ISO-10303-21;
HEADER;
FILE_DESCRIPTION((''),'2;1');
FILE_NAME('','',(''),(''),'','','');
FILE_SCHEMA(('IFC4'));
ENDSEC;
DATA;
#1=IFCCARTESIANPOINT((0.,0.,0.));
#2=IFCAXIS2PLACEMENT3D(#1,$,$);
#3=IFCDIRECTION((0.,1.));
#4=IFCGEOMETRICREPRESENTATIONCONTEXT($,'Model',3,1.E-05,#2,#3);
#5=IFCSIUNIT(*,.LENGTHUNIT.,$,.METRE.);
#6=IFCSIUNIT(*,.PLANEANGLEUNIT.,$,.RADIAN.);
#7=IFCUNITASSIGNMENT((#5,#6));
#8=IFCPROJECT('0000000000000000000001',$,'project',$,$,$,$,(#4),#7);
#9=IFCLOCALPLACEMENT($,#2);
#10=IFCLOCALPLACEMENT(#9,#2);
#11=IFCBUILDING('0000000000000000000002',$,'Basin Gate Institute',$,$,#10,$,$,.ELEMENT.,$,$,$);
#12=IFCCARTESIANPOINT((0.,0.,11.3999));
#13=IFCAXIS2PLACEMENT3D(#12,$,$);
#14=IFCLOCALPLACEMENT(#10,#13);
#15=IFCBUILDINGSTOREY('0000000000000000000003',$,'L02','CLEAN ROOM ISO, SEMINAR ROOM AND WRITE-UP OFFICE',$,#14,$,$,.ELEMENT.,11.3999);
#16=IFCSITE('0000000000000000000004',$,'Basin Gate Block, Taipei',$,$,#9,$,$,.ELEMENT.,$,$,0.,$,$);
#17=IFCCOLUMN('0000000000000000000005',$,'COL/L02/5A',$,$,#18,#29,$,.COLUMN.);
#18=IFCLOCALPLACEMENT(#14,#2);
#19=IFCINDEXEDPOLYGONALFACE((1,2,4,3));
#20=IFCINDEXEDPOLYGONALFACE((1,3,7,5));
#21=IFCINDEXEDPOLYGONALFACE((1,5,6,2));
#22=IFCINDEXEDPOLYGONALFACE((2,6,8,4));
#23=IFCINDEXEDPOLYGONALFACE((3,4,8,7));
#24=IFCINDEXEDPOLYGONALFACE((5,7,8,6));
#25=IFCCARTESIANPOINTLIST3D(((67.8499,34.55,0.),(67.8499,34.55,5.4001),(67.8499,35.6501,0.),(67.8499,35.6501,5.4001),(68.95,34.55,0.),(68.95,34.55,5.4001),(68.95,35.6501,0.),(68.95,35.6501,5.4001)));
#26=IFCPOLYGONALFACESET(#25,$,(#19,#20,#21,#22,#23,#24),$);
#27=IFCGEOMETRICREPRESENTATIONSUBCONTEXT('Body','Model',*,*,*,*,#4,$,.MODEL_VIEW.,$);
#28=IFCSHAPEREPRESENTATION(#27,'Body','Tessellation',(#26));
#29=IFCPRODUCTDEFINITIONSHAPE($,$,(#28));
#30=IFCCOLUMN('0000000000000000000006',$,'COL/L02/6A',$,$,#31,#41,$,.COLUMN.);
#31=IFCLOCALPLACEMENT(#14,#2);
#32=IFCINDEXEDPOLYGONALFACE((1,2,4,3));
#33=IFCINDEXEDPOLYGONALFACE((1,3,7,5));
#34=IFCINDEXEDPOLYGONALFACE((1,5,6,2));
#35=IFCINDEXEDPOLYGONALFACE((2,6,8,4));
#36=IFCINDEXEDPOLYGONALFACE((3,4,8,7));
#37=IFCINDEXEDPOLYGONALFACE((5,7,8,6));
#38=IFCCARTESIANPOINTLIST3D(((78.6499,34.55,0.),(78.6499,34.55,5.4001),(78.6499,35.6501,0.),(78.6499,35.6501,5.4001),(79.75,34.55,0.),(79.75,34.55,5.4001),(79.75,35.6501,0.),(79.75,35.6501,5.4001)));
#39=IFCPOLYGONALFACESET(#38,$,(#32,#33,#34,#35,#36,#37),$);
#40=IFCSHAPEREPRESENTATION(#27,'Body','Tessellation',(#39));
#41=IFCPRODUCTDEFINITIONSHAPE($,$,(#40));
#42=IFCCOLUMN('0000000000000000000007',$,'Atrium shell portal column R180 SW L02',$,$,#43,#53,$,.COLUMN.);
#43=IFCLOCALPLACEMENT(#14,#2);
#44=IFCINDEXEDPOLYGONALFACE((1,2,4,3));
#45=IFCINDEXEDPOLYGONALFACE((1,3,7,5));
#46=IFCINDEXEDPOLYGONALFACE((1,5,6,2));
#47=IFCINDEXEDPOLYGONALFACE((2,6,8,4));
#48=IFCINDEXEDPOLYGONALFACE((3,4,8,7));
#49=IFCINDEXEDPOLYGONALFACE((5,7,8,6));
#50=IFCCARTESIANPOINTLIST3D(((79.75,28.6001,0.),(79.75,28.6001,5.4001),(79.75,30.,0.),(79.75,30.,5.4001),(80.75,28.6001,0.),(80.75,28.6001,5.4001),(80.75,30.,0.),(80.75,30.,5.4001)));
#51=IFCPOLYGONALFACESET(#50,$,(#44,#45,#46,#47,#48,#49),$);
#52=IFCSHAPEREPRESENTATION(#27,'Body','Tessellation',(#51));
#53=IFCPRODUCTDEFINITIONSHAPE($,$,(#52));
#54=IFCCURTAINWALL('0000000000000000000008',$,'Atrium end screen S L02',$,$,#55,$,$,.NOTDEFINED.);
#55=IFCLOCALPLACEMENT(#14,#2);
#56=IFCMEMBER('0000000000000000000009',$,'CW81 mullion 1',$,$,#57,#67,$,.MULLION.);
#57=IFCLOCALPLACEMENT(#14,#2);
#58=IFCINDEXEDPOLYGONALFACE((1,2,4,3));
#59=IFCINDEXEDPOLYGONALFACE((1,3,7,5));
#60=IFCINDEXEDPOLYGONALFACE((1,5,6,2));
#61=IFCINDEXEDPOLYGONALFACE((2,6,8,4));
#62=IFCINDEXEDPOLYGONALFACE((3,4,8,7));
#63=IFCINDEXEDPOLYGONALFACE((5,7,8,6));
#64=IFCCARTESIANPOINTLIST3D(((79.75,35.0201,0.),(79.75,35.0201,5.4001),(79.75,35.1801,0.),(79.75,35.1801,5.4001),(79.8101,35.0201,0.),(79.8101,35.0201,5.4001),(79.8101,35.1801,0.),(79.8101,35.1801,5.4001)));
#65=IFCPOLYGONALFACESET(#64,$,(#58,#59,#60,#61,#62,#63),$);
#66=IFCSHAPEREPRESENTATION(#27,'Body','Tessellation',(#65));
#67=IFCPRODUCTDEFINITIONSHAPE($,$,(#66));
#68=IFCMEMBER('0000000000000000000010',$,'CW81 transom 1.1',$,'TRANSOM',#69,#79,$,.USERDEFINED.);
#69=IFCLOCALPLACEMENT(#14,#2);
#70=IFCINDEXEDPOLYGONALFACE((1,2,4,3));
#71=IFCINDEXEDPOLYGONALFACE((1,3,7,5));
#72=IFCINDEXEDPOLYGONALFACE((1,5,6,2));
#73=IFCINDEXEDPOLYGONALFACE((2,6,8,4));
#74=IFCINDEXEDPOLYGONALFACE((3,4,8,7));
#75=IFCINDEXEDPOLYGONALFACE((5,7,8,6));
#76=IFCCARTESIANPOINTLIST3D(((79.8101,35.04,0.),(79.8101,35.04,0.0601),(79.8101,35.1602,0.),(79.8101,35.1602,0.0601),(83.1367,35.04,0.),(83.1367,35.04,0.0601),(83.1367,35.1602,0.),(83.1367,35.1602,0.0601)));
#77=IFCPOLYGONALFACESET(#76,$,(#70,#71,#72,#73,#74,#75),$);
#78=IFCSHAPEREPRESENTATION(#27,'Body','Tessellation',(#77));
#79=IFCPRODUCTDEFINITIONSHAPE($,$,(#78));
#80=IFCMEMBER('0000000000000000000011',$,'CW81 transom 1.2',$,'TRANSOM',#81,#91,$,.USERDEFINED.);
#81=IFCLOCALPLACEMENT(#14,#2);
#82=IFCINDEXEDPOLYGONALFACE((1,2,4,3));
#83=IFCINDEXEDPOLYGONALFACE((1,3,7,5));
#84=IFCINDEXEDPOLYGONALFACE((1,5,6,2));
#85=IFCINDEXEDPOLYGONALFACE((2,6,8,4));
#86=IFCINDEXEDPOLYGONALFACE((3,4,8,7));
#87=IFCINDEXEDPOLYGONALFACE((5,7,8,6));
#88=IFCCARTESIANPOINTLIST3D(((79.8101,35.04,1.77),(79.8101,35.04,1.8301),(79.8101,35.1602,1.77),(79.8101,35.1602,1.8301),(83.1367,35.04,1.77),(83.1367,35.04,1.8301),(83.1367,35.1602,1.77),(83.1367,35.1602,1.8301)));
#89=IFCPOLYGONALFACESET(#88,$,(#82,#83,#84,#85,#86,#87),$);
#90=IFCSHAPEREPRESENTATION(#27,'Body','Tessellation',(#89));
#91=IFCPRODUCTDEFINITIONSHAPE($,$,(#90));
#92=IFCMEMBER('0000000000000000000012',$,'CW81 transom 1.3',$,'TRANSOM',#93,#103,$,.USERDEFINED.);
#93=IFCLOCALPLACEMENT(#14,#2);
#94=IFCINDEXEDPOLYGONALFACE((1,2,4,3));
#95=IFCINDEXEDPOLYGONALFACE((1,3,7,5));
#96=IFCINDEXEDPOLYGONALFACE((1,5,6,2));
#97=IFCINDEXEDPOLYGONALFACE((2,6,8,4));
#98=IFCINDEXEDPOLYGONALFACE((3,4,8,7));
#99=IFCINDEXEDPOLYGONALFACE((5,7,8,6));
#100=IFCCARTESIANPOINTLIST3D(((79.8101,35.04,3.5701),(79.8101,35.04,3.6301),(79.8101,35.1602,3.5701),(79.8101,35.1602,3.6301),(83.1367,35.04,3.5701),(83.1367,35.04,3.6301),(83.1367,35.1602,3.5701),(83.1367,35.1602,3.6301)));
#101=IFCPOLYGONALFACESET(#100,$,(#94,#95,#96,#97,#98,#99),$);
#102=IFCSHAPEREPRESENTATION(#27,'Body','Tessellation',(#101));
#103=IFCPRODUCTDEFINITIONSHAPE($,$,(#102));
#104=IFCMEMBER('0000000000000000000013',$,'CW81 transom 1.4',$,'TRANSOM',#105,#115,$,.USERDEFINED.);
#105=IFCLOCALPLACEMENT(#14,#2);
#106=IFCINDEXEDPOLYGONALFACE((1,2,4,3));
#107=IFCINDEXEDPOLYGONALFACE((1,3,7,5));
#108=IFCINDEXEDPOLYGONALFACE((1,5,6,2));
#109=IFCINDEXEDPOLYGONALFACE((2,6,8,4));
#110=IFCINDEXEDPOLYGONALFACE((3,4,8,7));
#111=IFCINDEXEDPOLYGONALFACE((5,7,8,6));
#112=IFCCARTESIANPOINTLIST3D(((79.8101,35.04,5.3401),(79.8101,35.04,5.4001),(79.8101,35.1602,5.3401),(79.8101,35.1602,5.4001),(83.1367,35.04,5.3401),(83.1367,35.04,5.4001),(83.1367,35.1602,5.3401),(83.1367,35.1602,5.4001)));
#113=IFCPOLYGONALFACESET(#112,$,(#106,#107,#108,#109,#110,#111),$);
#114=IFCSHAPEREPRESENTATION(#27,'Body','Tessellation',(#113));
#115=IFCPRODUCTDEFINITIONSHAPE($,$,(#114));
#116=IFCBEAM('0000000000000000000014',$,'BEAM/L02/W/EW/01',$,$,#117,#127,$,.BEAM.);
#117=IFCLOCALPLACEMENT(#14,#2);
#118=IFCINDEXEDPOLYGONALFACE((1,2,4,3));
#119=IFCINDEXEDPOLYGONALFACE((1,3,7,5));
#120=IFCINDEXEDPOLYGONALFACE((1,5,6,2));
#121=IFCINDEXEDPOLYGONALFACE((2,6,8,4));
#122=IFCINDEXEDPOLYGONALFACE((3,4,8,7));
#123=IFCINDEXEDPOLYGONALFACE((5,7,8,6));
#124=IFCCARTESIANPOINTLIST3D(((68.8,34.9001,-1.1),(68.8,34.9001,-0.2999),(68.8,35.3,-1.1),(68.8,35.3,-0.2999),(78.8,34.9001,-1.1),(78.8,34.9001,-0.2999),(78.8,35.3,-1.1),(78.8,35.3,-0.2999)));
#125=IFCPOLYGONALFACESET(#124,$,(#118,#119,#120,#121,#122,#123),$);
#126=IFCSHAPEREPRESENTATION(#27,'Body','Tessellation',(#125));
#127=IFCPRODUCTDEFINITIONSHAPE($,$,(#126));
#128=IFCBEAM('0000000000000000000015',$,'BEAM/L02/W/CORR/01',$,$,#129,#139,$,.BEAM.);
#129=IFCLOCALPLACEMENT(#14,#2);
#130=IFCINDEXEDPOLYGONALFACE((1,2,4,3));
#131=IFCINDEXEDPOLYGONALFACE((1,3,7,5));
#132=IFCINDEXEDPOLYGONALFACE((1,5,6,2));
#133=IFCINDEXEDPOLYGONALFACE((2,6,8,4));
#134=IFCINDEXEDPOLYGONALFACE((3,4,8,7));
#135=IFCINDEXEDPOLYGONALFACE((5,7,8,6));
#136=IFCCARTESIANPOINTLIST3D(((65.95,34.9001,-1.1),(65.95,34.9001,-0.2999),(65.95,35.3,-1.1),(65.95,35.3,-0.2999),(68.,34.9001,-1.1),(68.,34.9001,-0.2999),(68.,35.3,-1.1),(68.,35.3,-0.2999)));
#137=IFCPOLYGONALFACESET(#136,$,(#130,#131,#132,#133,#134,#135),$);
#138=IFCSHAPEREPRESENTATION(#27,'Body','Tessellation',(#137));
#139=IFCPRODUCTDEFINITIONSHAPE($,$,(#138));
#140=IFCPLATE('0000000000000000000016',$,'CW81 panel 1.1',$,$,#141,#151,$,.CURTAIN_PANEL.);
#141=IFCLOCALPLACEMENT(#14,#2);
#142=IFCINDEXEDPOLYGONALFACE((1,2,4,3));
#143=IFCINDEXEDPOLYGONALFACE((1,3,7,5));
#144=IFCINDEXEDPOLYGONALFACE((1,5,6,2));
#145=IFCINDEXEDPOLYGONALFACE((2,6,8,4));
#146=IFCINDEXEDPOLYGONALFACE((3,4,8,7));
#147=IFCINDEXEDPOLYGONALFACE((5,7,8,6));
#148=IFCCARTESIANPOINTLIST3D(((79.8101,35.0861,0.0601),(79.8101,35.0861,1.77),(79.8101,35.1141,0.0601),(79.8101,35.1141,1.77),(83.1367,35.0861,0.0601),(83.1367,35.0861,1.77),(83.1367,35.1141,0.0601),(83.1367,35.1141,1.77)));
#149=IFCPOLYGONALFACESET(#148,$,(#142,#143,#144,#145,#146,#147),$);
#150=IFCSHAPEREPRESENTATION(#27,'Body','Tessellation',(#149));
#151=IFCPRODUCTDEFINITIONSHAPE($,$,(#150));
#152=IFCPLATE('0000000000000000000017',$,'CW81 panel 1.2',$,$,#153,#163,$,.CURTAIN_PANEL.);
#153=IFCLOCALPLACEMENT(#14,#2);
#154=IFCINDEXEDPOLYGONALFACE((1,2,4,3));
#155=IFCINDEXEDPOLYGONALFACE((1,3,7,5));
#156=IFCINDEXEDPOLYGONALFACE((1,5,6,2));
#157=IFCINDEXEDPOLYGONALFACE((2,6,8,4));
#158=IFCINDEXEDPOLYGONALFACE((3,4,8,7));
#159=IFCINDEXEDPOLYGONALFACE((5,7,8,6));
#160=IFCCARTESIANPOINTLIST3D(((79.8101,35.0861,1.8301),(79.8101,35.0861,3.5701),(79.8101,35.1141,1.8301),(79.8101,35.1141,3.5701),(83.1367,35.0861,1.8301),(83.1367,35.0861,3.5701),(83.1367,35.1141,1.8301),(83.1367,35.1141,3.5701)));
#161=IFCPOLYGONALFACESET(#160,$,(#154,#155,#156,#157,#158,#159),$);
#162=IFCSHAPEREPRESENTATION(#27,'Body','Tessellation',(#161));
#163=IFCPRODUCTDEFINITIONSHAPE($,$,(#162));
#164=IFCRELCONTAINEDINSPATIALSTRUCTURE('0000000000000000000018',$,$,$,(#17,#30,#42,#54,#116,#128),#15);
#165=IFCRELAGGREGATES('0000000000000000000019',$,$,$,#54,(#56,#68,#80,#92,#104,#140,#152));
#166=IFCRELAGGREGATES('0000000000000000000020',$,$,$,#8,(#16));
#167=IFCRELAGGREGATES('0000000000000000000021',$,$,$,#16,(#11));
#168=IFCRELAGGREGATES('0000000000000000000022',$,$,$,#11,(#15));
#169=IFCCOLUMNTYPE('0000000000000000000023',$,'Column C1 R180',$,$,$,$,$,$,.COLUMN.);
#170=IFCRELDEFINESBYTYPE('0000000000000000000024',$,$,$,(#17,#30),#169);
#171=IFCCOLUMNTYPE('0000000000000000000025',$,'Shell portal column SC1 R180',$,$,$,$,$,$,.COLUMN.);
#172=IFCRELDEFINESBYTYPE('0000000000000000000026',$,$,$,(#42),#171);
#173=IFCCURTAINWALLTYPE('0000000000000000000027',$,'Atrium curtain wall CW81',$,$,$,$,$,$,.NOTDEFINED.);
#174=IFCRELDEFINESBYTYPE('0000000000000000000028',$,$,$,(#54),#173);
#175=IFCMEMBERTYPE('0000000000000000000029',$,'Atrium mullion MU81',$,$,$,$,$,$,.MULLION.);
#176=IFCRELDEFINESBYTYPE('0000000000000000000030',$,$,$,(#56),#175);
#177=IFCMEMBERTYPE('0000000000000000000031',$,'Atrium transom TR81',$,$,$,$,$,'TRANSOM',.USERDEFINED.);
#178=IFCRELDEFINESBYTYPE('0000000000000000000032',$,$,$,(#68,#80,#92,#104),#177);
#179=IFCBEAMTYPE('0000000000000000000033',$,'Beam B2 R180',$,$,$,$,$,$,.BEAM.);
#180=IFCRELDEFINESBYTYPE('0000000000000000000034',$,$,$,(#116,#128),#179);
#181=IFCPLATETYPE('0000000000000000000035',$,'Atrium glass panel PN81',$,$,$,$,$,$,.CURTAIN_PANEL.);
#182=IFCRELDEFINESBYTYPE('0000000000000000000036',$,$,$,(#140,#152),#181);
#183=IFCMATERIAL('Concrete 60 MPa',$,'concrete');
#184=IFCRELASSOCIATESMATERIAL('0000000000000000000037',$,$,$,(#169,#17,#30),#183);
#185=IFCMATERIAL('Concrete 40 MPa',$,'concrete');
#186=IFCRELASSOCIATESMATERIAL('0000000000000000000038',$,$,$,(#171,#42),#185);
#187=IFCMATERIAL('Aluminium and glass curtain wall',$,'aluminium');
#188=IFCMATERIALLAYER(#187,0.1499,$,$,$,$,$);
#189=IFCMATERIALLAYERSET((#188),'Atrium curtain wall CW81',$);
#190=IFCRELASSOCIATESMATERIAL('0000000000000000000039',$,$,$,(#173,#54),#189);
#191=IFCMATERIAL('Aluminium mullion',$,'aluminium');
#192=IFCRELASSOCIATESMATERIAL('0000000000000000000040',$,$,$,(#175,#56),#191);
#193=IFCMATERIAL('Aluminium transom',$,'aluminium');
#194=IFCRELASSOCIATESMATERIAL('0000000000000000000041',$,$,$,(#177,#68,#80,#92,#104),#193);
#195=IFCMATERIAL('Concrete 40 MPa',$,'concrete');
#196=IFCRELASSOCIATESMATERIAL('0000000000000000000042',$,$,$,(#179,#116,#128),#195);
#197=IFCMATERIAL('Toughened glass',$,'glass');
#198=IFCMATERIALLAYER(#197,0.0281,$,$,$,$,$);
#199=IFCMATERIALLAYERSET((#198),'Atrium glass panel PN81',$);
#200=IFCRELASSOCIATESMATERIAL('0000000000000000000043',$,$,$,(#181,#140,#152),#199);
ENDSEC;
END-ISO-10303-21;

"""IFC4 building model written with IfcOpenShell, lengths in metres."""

from ifc_helpers import new_model, si_unit, direction, frame, origin, origin_2d, place, context, subcontext, project, spatial, rectangle, extrude, material, layer, layer_set, material_profile, profile_set, type_object, element, aggregate, save


model = new_model("IFC4")

# Units and contexts
model_context = context("Model", 3, precision=1e-05, world=origin(), true_north=direction((0.0, 1.0)))
body_context = subcontext(model_context, "Body", "Model", "MODEL_VIEW")
ifc_project = project(units=[si_unit("LENGTHUNIT", "METRE"), si_unit("PLANEANGLEUNIT", "RADIAN")], contexts=[model_context])

# Site, building, storey
site_placement = place(None, origin())
site = spatial("IfcSite", under=ifc_project, at=site_placement, Name="Basin Gate Block, Taipei", CompositionType="ELEMENT", RefElevation=0.0)
building_placement = place(site_placement, origin())
building = spatial("IfcBuilding", under=site, at=building_placement, Name="Basin Gate Institute", CompositionType="ELEMENT")
storey_placement = place(building_placement, frame((0.0, 0.0, 11.3999)))
storey = spatial("IfcBuildingStorey", under=building, at=storey_placement, Name="L02", Description="CLEAN ROOM ISO, SEMINAR ROOM AND WRITE-UP OFFICE", CompositionType="ELEMENT", Elevation=11.3999)

# Columns
ifc_material_1 = material(Name="Concrete 60 MPa", Category="concrete")
ifc_material_profile_1 = material_profile(ifc_material_1, rectangle(XDim=1.1001, YDim=1.1001, at=origin_2d()), Name="Column C1 1100 x 1100")
ifc_profile_set_1 = profile_set([ifc_material_profile_1], Name="Concrete 60 MPa")
column_type_1 = type_object("IfcColumnType", Name="Column C1 R180", PredefinedType="COLUMN", material=ifc_profile_set_1)
for number, where, z_axis, x_axis, name in (
    (1, (68.3999, 35.1001, 0.0), (0.0, 0.0, 1.0), (1.0, 0.0, 0.0), "COL/L02/5A"),
    (2, (79.2, 35.1001, 0.0), (0.0, 0.0, 1.0), (1.0, 0.0, 0.0), "COL/L02/6A"),
):
    element("IfcColumn", number, at=place(storey_placement, frame(where, z_axis=z_axis, x_axis=x_axis)), inside=storey, type_object=column_type_1, material=ifc_profile_set_1, Name=name, PredefinedType="COLUMN", context=body_context, shape_type="SweptSolid", body=[
        extrude(rectangle(XDim=1.1001, YDim=1.1001, at=origin_2d()), origin(), (0.0, 0.0, 1.0), 5.4001),
    ])
ifc_material_2 = material(Name="Concrete 40 MPa", Category="concrete")
ifc_material_profile_2 = material_profile(ifc_material_2, rectangle(XDim=1.0, YDim=1.3999, at=origin_2d()), Name="Shell portal column SC1 1000 x 1400")
ifc_profile_set_2 = profile_set([ifc_material_profile_2], Name="Concrete 40 MPa")
column_type_2 = type_object("IfcColumnType", Name="Shell portal column SC1 R180", PredefinedType="COLUMN", material=ifc_profile_set_2)
column_placement = place(storey_placement, frame((80.25, 29.3, 0.0), z_axis=(0.0, 0.0, 1.0), x_axis=(1.0, 0.0, 0.0)))
element("IfcColumn", 3, at=column_placement, inside=storey, type_object=column_type_2, material=ifc_profile_set_2, Name="Atrium shell portal column R180 SW L02", PredefinedType="COLUMN", context=body_context, shape_type="SweptSolid", body=[
    extrude(rectangle(XDim=1.0, YDim=1.3999, at=origin_2d()), origin(), (0.0, 0.0, 1.0), 5.4001),
])

# Curtain wall, members
ifc_material_3 = material(Name="Aluminium and glass curtain wall", Category="aluminium")
ifc_layer_1 = layer(ifc_material_3, 0.1499)
ifc_layer_set_1 = layer_set([ifc_layer_1], Name="Atrium curtain wall CW81")
curtain_wall_type = type_object("IfcCurtainWallType", Name="Atrium curtain wall CW81", PredefinedType="NOTDEFINED", material=ifc_layer_set_1)
curtain_wall_placement = place(storey_placement, origin())
curtain_wall = element("IfcCurtainWall", 4, at=curtain_wall_placement, inside=storey, type_object=curtain_wall_type, material=ifc_layer_set_1, Name="Atrium end screen S L02", PredefinedType="NOTDEFINED")
ifc_material_4 = material(Name="Aluminium mullion", Category="aluminium")
ifc_material_profile_3 = material_profile(ifc_material_4, rectangle(XDim=0.1599, YDim=0.0601, at=origin_2d()), Name="Atrium mullion MU81 160 x 60")
ifc_profile_set_3 = profile_set([ifc_material_profile_3], Name="Aluminium mullion")
member_type_1 = type_object("IfcMemberType", Name="Atrium mullion MU81", PredefinedType="MULLION", material=ifc_profile_set_3)
member_1_placement = place(storey_placement, frame((79.78, 35.1001, 0.0), z_axis=(0.0, 0.0, 1.0), x_axis=(0.0, 1.0, 0.0)))
member_1 = element("IfcMember", 5, at=member_1_placement, type_object=member_type_1, material=ifc_profile_set_3, Name="CW81 mullion 1", PredefinedType="MULLION", context=body_context, shape_type="SweptSolid", body=[
    extrude(rectangle(XDim=0.1599, YDim=0.0601, at=origin_2d()), origin(), (0.0, 0.0, 1.0), 5.4001),
])
ifc_material_5 = material(Name="Aluminium transom", Category="aluminium")
ifc_material_profile_4 = material_profile(ifc_material_5, rectangle(XDim=0.1201, YDim=0.0601, at=origin_2d()), Name="Atrium transom TR81 120 x 60")
ifc_profile_set_4 = profile_set([ifc_material_profile_4], Name="Aluminium transom")
member_type_2 = type_object("IfcMemberType", Name="Atrium transom TR81", ElementType="TRANSOM", PredefinedType="USERDEFINED", material=ifc_profile_set_4)
member_2_placement = place(storey_placement, frame((79.8101, 35.1001, 0.03), z_axis=(1.0, 0.0, 0.0), x_axis=(0.0, 1.0, 0.0)))
member_2 = element("IfcMember", 6, at=member_2_placement, type_object=member_type_2, material=ifc_profile_set_4, Name="CW81 transom 1.1", ObjectType="TRANSOM", PredefinedType="USERDEFINED", context=body_context, shape_type="SweptSolid", body=[
    extrude(rectangle(XDim=0.1201, YDim=0.0601, at=origin_2d()), origin(), (0.0, 0.0, 1.0), 3.3267),
])
member_3_placement = place(storey_placement, frame((79.8101, 35.1001, 1.8), z_axis=(1.0, 0.0, 0.0), x_axis=(0.0, 1.0, 0.0)))
member_3 = element("IfcMember", 7, at=member_3_placement, type_object=member_type_2, material=ifc_profile_set_4, Name="CW81 transom 1.2", ObjectType="TRANSOM", PredefinedType="USERDEFINED", context=body_context, shape_type="SweptSolid", body=[
    extrude(rectangle(XDim=0.1201, YDim=0.0601, at=origin_2d()), origin(), (0.0, 0.0, 1.0), 3.3267),
])
member_4_placement = place(storey_placement, frame((79.8101, 35.1001, 3.6001), z_axis=(1.0, 0.0, 0.0), x_axis=(0.0, 1.0, 0.0)))
member_4 = element("IfcMember", 8, at=member_4_placement, type_object=member_type_2, material=ifc_profile_set_4, Name="CW81 transom 1.3", ObjectType="TRANSOM", PredefinedType="USERDEFINED", context=body_context, shape_type="SweptSolid", body=[
    extrude(rectangle(XDim=0.1201, YDim=0.0601, at=origin_2d()), origin(), (0.0, 0.0, 1.0), 3.3267),
])
member_5_placement = place(storey_placement, frame((79.8101, 35.1001, 5.3701), z_axis=(1.0, 0.0, 0.0), x_axis=(0.0, 1.0, 0.0)))
member_5 = element("IfcMember", 9, at=member_5_placement, type_object=member_type_2, material=ifc_profile_set_4, Name="CW81 transom 1.4", ObjectType="TRANSOM", PredefinedType="USERDEFINED", context=body_context, shape_type="SweptSolid", body=[
    extrude(rectangle(XDim=0.1201, YDim=0.0601, at=origin_2d()), origin(), (0.0, 0.0, 1.0), 3.3267),
])

# Beams
ifc_material_6 = material(Name="Concrete 40 MPa", Category="concrete")
ifc_material_profile_5 = material_profile(ifc_material_6, rectangle(XDim=0.3999, YDim=0.8, at=origin_2d()), Name="Beam B2 400 x 800")
ifc_profile_set_5 = profile_set([ifc_material_profile_5], Name="Concrete 40 MPa")
beam_type = type_object("IfcBeamType", Name="Beam B2 R180", PredefinedType="BEAM", material=ifc_profile_set_5)
beam_1_placement = place(storey_placement, frame((68.8, 35.1001, -0.7), z_axis=(1.0, 0.0, 0.0), x_axis=(0.0, 1.0, 0.0)))
element("IfcBeam", 10, at=beam_1_placement, inside=storey, type_object=beam_type, material=ifc_profile_set_5, Name="BEAM/L02/W/EW/01", PredefinedType="BEAM", context=body_context, shape_type="SweptSolid", body=[
    extrude(rectangle(XDim=0.3999, YDim=0.8, at=origin_2d()), origin(), (0.0, 0.0, 1.0), 10.0),
])
beam_2_placement = place(storey_placement, frame((65.95, 35.1001, -0.7), z_axis=(1.0, 0.0, 0.0), x_axis=(0.0, 1.0, 0.0)))
element("IfcBeam", 11, at=beam_2_placement, inside=storey, type_object=beam_type, material=ifc_profile_set_5, Name="BEAM/L02/W/CORR/01", PredefinedType="BEAM", context=body_context, shape_type="SweptSolid", body=[
    extrude(rectangle(XDim=0.3999, YDim=0.8, at=origin_2d()), origin(), (0.0, 0.0, 1.0), 2.05),
])

# Plates
ifc_material_7 = material(Name="Toughened glass", Category="glass")
ifc_layer_2 = layer(ifc_material_7, 0.0281)
ifc_layer_set_2 = layer_set([ifc_layer_2], Name="Atrium glass panel PN81")
plate_type = type_object("IfcPlateType", Name="Atrium glass panel PN81", PredefinedType="CURTAIN_PANEL", material=ifc_layer_set_2)
plate_1_placement = place(storey_placement, frame((81.4734, 35.1001, 0.0601), z_axis=(0.0, 0.0, 1.0), x_axis=(1.0, 0.0, 0.0)))
plate_1 = element("IfcPlate", 12, at=plate_1_placement, type_object=plate_type, material=ifc_layer_set_2, Name="CW81 panel 1.1", PredefinedType="CURTAIN_PANEL", context=body_context, shape_type="SweptSolid", body=[
    extrude(rectangle(XDim=3.3267, YDim=0.0281, at=origin_2d()), origin(), (0.0, 0.0, 1.0), 1.71),
])
plate_2_placement = place(storey_placement, frame((81.4734, 35.1001, 1.8301), z_axis=(0.0, 0.0, 1.0), x_axis=(1.0, 0.0, 0.0)))
plate_2 = element("IfcPlate", 13, at=plate_2_placement, type_object=plate_type, material=ifc_layer_set_2, Name="CW81 panel 1.2", PredefinedType="CURTAIN_PANEL", context=body_context, shape_type="SweptSolid", body=[
    extrude(rectangle(XDim=3.3267, YDim=0.0281, at=origin_2d()), origin(), (0.0, 0.0, 1.0), 1.74),
])
aggregate(curtain_wall, [member_1, member_2, member_3, member_4, member_5, plate_1, plate_2])

save(model, "model.ifc")
